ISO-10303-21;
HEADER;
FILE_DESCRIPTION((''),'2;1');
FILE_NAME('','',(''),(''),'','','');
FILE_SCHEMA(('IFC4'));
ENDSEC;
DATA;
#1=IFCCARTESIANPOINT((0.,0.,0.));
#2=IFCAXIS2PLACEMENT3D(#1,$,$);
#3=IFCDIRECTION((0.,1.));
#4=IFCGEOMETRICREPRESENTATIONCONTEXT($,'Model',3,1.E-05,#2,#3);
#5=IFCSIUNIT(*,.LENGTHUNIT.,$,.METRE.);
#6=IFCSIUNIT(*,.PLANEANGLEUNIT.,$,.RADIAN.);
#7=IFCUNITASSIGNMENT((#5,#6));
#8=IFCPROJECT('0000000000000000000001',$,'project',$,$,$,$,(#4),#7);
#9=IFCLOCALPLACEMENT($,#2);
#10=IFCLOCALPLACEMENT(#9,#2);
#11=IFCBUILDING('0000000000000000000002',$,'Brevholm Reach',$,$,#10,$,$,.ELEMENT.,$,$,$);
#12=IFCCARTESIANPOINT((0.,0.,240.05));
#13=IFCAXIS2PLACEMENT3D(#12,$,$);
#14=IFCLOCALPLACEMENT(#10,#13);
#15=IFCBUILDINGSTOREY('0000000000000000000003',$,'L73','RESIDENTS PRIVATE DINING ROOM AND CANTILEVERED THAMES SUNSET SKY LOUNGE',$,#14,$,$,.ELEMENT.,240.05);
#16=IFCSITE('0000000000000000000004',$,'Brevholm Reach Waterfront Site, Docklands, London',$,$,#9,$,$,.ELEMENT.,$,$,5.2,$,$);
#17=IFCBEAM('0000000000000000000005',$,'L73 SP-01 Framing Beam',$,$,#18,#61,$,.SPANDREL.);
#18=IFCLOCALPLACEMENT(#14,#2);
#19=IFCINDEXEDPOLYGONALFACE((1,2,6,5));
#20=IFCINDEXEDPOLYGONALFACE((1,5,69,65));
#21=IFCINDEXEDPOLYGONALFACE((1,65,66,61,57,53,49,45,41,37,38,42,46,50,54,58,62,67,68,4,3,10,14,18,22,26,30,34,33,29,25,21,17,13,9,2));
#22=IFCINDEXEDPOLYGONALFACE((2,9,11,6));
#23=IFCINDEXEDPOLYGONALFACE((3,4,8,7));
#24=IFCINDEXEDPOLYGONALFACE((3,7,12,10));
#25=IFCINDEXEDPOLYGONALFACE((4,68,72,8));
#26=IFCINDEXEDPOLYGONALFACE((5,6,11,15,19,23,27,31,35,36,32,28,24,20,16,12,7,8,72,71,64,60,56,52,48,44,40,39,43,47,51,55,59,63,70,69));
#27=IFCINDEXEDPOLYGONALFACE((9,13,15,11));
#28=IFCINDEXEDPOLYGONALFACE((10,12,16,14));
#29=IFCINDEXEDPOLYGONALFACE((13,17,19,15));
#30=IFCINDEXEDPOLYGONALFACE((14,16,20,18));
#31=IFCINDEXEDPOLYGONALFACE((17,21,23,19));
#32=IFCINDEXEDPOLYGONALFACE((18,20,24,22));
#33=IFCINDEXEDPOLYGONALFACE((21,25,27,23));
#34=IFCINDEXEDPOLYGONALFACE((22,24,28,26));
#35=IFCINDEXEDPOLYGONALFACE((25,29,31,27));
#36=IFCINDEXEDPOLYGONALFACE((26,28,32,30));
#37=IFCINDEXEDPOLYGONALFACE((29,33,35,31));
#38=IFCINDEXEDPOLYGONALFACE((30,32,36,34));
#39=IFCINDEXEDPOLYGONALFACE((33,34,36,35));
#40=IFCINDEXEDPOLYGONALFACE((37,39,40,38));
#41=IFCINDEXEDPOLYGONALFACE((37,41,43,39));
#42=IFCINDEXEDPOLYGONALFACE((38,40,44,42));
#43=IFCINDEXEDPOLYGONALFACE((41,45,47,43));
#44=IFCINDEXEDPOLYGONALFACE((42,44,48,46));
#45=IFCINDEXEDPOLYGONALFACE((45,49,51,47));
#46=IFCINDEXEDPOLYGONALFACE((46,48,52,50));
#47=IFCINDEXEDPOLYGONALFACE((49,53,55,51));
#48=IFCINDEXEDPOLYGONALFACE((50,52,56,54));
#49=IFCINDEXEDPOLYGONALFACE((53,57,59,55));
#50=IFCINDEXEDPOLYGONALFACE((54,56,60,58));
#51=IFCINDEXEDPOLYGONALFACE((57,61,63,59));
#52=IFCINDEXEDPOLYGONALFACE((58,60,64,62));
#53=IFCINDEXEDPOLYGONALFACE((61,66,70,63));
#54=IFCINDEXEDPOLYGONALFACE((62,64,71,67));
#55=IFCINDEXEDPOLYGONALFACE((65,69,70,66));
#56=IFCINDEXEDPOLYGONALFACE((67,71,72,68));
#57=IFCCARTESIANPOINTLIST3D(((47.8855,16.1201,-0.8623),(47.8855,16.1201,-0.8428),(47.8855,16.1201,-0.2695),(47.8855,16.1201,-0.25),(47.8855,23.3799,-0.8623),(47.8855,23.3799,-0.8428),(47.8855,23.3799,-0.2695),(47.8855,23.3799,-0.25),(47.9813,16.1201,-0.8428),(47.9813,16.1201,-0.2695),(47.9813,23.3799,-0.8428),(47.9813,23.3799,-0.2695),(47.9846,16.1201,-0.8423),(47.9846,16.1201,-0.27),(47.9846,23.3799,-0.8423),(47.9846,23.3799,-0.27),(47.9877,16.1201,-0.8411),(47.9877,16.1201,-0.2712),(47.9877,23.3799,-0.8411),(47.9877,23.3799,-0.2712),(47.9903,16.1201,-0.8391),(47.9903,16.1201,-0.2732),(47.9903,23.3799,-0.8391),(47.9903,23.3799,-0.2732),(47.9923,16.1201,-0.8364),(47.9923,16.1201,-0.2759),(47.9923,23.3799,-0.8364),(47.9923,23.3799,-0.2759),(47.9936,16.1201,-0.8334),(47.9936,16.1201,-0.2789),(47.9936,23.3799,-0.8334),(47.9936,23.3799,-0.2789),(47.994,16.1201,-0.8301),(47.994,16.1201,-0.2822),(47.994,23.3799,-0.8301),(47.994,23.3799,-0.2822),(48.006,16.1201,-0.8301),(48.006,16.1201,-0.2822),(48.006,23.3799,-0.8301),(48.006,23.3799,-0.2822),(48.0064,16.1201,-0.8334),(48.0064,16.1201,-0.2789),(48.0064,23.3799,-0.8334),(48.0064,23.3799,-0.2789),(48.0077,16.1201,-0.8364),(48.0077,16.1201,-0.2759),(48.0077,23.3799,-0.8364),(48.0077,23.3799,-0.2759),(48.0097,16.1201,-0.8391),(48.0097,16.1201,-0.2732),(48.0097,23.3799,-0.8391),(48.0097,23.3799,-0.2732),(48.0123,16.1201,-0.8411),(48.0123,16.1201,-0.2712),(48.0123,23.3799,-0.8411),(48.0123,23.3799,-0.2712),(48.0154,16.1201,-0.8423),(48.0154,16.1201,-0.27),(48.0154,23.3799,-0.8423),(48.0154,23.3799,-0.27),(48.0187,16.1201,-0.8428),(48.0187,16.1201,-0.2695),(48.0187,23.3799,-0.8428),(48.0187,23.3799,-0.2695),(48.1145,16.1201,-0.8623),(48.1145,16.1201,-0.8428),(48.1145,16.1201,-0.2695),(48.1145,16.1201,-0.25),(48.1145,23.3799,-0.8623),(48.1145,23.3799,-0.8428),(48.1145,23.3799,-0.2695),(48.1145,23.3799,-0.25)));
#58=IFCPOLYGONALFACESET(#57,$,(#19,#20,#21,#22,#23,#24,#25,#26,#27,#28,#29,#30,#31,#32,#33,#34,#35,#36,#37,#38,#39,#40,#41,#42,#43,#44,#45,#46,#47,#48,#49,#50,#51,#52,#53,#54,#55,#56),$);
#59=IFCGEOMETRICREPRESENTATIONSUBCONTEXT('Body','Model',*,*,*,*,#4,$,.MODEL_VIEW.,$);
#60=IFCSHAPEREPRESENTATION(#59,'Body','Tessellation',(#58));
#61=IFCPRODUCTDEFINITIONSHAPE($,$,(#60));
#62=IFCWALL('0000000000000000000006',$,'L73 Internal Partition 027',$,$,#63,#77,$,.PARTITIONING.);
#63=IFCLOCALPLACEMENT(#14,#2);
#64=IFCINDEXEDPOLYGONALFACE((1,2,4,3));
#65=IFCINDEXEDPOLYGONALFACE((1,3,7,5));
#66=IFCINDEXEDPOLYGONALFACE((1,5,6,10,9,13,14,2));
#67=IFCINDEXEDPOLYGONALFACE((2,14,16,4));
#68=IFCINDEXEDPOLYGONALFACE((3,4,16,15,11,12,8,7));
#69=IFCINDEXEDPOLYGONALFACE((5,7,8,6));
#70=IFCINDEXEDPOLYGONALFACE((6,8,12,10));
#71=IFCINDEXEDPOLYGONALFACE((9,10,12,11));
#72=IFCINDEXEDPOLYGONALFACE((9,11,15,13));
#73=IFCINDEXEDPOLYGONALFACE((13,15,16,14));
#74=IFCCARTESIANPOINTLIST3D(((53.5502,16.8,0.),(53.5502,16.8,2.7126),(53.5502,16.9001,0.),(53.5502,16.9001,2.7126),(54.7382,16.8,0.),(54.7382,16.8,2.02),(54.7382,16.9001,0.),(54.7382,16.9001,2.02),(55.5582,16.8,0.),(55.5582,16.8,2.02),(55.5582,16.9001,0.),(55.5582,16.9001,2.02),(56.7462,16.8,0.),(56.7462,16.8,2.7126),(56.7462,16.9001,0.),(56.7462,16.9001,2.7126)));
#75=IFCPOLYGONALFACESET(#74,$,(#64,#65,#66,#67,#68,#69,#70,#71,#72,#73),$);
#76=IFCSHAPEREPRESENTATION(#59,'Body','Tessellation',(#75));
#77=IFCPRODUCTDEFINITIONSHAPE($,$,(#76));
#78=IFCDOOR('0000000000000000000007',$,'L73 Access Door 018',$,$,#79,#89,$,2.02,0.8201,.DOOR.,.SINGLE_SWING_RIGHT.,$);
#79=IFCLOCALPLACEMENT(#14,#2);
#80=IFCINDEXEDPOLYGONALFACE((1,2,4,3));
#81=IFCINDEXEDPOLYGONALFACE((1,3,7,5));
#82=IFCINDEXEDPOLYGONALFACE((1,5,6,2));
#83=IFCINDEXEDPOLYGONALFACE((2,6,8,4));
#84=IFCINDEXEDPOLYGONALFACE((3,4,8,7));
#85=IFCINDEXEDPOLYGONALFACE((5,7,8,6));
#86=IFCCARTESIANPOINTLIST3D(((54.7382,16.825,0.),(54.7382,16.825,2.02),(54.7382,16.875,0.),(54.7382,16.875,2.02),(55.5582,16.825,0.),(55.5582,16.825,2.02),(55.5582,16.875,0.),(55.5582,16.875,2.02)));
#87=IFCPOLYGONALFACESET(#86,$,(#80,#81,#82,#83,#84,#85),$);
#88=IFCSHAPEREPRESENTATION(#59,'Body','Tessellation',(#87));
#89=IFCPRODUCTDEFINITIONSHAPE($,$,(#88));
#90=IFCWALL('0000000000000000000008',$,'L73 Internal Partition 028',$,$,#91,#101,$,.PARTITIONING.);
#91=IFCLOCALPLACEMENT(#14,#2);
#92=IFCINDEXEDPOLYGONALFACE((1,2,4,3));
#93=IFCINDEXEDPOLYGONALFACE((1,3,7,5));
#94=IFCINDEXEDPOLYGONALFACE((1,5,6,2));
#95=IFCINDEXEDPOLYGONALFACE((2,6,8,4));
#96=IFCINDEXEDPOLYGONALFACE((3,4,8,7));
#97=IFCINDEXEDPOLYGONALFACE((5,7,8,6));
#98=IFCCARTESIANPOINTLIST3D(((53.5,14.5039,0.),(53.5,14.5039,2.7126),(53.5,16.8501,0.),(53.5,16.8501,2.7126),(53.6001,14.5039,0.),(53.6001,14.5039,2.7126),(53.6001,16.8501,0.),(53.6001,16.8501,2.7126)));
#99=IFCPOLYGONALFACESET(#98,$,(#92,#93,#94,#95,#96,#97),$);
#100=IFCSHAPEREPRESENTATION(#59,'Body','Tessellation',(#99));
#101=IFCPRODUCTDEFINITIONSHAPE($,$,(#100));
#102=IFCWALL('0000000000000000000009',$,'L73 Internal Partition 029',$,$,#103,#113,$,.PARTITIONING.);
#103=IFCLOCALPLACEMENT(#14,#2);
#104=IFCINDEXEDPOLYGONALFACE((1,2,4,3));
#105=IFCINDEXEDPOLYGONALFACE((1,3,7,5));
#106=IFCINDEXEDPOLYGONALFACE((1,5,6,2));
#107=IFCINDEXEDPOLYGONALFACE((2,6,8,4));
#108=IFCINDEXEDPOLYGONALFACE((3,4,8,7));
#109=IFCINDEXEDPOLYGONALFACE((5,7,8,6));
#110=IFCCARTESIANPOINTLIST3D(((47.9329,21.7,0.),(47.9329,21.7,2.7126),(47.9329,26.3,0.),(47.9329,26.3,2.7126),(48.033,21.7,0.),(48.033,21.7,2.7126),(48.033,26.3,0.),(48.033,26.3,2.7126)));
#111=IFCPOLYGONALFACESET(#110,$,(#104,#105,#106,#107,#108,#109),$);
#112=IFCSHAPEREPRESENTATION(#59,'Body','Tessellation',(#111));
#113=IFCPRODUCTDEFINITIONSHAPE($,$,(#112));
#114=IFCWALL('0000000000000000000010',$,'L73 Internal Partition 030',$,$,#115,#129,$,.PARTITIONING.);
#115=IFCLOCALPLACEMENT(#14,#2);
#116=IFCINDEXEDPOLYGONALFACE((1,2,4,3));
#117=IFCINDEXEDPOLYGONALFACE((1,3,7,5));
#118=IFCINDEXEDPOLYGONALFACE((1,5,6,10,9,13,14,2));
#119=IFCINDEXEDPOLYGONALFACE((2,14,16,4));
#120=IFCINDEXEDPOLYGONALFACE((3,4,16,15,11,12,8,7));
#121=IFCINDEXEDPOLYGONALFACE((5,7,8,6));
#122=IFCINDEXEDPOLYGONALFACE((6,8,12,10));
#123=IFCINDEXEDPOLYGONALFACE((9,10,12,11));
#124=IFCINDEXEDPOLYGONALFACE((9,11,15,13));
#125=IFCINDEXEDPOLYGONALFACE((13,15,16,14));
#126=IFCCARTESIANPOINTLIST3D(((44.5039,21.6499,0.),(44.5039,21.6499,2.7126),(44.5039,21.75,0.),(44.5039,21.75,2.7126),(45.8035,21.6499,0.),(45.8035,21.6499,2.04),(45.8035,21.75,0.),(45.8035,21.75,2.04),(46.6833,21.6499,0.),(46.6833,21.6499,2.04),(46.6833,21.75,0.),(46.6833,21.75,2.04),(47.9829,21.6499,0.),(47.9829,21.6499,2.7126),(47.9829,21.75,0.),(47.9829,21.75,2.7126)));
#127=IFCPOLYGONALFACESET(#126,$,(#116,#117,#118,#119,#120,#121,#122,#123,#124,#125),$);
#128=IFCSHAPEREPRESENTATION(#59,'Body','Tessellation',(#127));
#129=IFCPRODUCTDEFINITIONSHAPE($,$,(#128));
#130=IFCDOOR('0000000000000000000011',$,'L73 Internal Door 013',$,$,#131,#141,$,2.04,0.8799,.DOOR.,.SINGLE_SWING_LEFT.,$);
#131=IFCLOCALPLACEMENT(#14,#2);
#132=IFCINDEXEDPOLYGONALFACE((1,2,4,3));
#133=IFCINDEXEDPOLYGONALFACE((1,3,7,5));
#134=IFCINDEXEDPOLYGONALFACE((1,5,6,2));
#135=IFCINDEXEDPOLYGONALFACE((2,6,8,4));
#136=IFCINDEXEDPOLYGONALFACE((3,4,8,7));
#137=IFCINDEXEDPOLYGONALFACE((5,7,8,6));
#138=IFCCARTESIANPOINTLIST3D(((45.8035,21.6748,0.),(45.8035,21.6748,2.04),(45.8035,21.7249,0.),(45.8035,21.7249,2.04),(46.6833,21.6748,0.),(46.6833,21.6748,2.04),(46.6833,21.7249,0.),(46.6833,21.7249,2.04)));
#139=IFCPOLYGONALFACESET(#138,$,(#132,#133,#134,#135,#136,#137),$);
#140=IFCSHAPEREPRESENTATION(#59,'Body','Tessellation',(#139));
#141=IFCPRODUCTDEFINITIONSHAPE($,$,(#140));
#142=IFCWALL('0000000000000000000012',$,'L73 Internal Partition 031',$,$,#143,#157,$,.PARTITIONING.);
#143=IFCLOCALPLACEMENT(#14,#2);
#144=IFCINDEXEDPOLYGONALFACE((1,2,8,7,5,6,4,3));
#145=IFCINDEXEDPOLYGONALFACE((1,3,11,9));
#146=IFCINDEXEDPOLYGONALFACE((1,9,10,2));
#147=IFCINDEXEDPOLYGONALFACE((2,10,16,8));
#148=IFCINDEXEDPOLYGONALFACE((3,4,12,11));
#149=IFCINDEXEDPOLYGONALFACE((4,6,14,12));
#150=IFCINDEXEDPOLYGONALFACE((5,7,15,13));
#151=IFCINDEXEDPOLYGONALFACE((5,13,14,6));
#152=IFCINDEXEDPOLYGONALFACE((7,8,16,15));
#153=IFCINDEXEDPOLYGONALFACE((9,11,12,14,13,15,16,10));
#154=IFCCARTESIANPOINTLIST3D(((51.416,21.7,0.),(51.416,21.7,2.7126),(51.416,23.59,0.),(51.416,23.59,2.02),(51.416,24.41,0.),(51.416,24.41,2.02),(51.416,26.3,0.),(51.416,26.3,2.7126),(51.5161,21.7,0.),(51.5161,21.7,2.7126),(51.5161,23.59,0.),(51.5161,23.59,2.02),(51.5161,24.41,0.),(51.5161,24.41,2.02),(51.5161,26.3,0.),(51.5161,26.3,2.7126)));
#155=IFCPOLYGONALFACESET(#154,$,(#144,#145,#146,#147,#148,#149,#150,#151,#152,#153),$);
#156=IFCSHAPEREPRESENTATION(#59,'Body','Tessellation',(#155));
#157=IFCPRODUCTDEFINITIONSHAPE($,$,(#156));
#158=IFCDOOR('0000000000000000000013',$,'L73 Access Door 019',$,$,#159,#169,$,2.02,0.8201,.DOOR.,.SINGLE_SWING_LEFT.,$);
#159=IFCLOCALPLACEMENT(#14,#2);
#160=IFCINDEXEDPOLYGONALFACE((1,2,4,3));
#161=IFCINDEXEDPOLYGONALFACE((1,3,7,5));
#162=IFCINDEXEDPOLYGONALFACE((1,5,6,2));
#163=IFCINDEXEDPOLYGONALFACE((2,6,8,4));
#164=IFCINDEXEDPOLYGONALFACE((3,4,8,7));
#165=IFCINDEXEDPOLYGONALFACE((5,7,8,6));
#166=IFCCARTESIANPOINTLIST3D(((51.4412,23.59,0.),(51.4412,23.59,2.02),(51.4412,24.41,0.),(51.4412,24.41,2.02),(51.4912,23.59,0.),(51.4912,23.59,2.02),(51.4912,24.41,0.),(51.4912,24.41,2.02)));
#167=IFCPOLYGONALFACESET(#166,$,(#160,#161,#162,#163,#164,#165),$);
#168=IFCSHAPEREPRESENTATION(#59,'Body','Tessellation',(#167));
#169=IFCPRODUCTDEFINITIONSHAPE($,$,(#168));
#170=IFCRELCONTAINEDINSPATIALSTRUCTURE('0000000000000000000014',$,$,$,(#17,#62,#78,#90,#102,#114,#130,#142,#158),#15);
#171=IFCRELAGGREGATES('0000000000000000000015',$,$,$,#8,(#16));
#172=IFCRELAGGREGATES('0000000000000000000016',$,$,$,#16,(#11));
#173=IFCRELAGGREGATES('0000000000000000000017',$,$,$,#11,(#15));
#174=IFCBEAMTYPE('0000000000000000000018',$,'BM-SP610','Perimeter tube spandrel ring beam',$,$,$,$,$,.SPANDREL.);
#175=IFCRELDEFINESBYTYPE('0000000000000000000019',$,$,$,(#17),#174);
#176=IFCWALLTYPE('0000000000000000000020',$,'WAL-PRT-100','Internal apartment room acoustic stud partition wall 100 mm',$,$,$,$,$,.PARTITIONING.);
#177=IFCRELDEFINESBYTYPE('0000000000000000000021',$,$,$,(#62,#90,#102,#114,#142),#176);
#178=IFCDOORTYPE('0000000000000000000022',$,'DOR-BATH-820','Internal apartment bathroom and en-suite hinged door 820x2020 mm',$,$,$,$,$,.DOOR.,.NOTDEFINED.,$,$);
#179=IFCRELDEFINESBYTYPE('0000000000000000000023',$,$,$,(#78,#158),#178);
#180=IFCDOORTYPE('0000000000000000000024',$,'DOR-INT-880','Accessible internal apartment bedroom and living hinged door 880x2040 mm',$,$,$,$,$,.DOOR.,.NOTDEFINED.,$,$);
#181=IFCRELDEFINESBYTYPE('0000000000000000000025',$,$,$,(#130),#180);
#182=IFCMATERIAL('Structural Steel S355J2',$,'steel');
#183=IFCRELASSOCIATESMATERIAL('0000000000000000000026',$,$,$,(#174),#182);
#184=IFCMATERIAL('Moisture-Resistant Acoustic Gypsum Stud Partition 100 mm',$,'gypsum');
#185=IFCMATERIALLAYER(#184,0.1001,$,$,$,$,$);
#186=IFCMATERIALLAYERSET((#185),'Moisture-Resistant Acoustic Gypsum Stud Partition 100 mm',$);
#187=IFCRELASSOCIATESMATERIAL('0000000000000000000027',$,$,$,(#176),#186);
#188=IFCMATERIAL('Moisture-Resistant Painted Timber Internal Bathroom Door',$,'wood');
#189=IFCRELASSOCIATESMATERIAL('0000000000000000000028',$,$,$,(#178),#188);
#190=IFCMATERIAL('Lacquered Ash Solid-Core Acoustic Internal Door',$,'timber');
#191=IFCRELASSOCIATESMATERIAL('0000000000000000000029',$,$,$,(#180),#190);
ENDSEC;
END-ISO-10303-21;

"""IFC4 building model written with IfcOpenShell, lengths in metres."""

from ifc_helpers import new_model, si_unit, direction, frame, frame_2d, origin, origin_2d, place, context, subcontext, project, spatial, rectangle, i_section, extrude, material, layer, layer_set, material_profile, profile_set, type_object, element, fill, save


model = new_model("IFC4")

# Units and contexts
model_context = context("Model", 3, precision=1e-05, world=origin(), true_north=direction((0.0, 1.0)))
body_context = subcontext(model_context, "Body", "Model", "MODEL_VIEW")
ifc_project = project(units=[si_unit("LENGTHUNIT", "METRE"), si_unit("PLANEANGLEUNIT", "RADIAN")], contexts=[model_context])

# Site, building, storey
site_placement = place(None, origin())
site = spatial("IfcSite", under=ifc_project, at=site_placement, Name="Brevholm Reach Waterfront Site, Docklands, London", CompositionType="ELEMENT", RefElevation=5.2)
building_placement = place(site_placement, origin())
building = spatial("IfcBuilding", under=site, at=building_placement, Name="Brevholm Reach", CompositionType="ELEMENT")
storey_placement = place(building_placement, frame((0.0, 0.0, 240.05)))
storey = spatial("IfcBuildingStorey", under=building, at=storey_placement, Name="L73", Description="RESIDENTS PRIVATE DINING ROOM AND CANTILEVERED THAMES SUNSET SKY LOUNGE", CompositionType="ELEMENT", Elevation=240.05)

# Beam
ifc_material_1 = material(Name="Structural Steel S355J2", Category="steel")
ifc_material_profile_1 = material_profile(ifc_material_1, i_section(OverallWidth=0.229, OverallDepth=0.6123, WebThickness=0.012, FlangeThickness=0.0195, FilletRadius=0.0127, at=origin_2d()), Name="UKB 610x229x125")
ifc_profile_set_1 = profile_set([ifc_material_profile_1], Name="Structural Steel S355J2")
beam_type_1 = type_object("IfcBeamType", Name="BM-SP610", Description="Perimeter tube spandrel ring beam", PredefinedType="SPANDREL", material=ifc_profile_set_1)
beam_1_placement = place(storey_placement, frame((48.0, 16.1201, -0.5562), z_axis=(0.0, 1.0, 0.0), x_axis=(-1.0, 0.0, 0.0)))
element("IfcBeam", 1, at=beam_1_placement, inside=storey, type_object=beam_type_1, Name="L73 SP-01 Framing Beam", PredefinedType="SPANDREL", context=body_context, shape_type="SweptSolid", body=[
    extrude(i_section(OverallWidth=0.229, OverallDepth=0.6123, WebThickness=0.012, FlangeThickness=0.0195, FilletRadius=0.0127, at=origin_2d()), origin(), (0.0, 0.0, 1.0), 7.2598),
])

# Wall, opening, door
ifc_material_2 = material(Name="Moisture-Resistant Acoustic Gypsum Stud Partition 100 mm", Category="gypsum")
ifc_layer_1 = layer(ifc_material_2, 0.1001)
ifc_layer_set_1 = layer_set([ifc_layer_1], Name="Moisture-Resistant Acoustic Gypsum Stud Partition 100 mm")
wall_type_1 = type_object("IfcWallType", Name="WAL-PRT-100", Description="Internal apartment room acoustic stud partition wall 100 mm", PredefinedType="PARTITIONING", material=ifc_layer_set_1)
wall_1_placement = place(storey_placement, frame((53.55, 16.8501, 0.0), z_axis=(0.0, 0.0, 1.0), x_axis=(1.0, 0.0, 0.0)))
wall_1 = element("IfcWall", 2, at=wall_1_placement, inside=storey, type_object=wall_type_1, Name="L73 Internal Partition 027", PredefinedType="PARTITIONING", context=body_context, shape_type="SweptSolid", body=[
    extrude(rectangle(XDim=3.196, YDim=0.1001, at=frame_2d((1.5981, 0.0))), origin(), (0.0, 0.0, 1.0), 2.7126),
])
opening_1_placement = place(wall_1_placement, frame((1.188, 0.0, 0.0)))
opening_1 = element("IfcOpeningElement", 3, at=opening_1_placement, cuts=wall_1, PredefinedType="OPENING", context=body_context, shape_type="SweptSolid", body=[
    extrude(rectangle(XDim=0.8201, YDim=2.02, at=frame_2d((0.4102, 1.01))), frame((0.0, 0.0601, 0.0), z_axis=(0.0, -1.0, 0.0), x_axis=(1.0, 0.0, 0.0)), (0.0, 0.0, 1.0), 0.1201),
])
ifc_material_3 = material(Name="Moisture-Resistant Painted Timber Internal Bathroom Door", Category="wood")
door_type_1 = type_object("IfcDoorType", Name="DOR-BATH-820", Description="Internal apartment bathroom and en-suite hinged door 820x2020 mm", OperationType="NOTDEFINED", PredefinedType="DOOR", material=ifc_material_3)
door_1_placement = place(opening_1_placement, origin())
door_1 = element("IfcDoor", 4, at=door_1_placement, inside=storey, type_object=door_type_1, Name="L73 Access Door 018", OperationType="SINGLE_SWING_RIGHT", OverallHeight=2.02, OverallWidth=0.8201, PredefinedType="DOOR", context=body_context, shape_type="SweptSolid", body=[
    extrude(rectangle(XDim=0.8201, YDim=2.02, at=frame_2d((0.4102, 1.01))), frame((0.0, 0.0249, 0.0), z_axis=(0.0, -1.0, 0.0), x_axis=(1.0, 0.0, 0.0)), (0.0, 0.0, 1.0), 0.05),
])
fill(opening_1, door_1)

# Walls
wall_2_placement = place(storey_placement, frame((53.55, 14.5039, 0.0), z_axis=(0.0, 0.0, 1.0), x_axis=(0.0, 1.0, 0.0)))
element("IfcWall", 5, at=wall_2_placement, inside=storey, type_object=wall_type_1, Name="L73 Internal Partition 028", PredefinedType="PARTITIONING", context=body_context, shape_type="SweptSolid", body=[
    extrude(rectangle(XDim=2.3462, YDim=0.1001, at=frame_2d((1.1731, 0.0))), origin(), (0.0, 0.0, 1.0), 2.7126),
])
wall_3_placement = place(storey_placement, frame((47.9829, 21.7, 0.0), z_axis=(0.0, 0.0, 1.0), x_axis=(0.0, 1.0, 0.0)))
element("IfcWall", 6, at=wall_3_placement, inside=storey, type_object=wall_type_1, Name="L73 Internal Partition 029", PredefinedType="PARTITIONING", context=body_context, shape_type="SweptSolid", body=[
    extrude(rectangle(XDim=4.6001, YDim=0.1001, at=frame_2d((2.3, 0.0))), origin(), (0.0, 0.0, 1.0), 2.7126),
])

# Walls, openings, doors
wall_4_placement = place(storey_placement, frame((44.5039, 21.7, 0.0), z_axis=(0.0, 0.0, 1.0), x_axis=(1.0, 0.0, 0.0)))
wall_4 = element("IfcWall", 7, at=wall_4_placement, inside=storey, type_object=wall_type_1, Name="L73 Internal Partition 030", PredefinedType="PARTITIONING", context=body_context, shape_type="SweptSolid", body=[
    extrude(rectangle(XDim=3.479, YDim=0.1001, at=frame_2d((1.7395, 0.0))), origin(), (0.0, 0.0, 1.0), 2.7126),
])
opening_2_placement = place(wall_4_placement, frame((1.2996, 0.0, 0.0)))
opening_2 = element("IfcOpeningElement", 8, at=opening_2_placement, cuts=wall_4, PredefinedType="OPENING", context=body_context, shape_type="SweptSolid", body=[
    extrude(rectangle(XDim=0.8799, YDim=2.04, at=frame_2d((0.4399, 1.02))), frame((0.0, 0.0601, 0.0), z_axis=(0.0, -1.0, 0.0), x_axis=(1.0, 0.0, 0.0)), (0.0, 0.0, 1.0), 0.1201),
])
ifc_material_4 = material(Name="Lacquered Ash Solid-Core Acoustic Internal Door", Category="timber")
door_type_2 = type_object("IfcDoorType", Name="DOR-INT-880", Description="Accessible internal apartment bedroom and living hinged door 880x2040 mm", OperationType="NOTDEFINED", PredefinedType="DOOR", material=ifc_material_4)
door_2_placement = place(opening_2_placement, origin())
door_2 = element("IfcDoor", 9, at=door_2_placement, inside=storey, type_object=door_type_2, Name="L73 Internal Door 013", OperationType="SINGLE_SWING_LEFT", OverallHeight=2.04, OverallWidth=0.8799, PredefinedType="DOOR", context=body_context, shape_type="SweptSolid", body=[
    extrude(rectangle(XDim=0.8799, YDim=2.04, at=frame_2d((0.4399, 1.02))), frame((0.0, 0.0249, 0.0), z_axis=(0.0, -1.0, 0.0), x_axis=(1.0, 0.0, 0.0)), (0.0, 0.0, 1.0), 0.05),
])
fill(opening_2, door_2)
wall_5_placement = place(storey_placement, frame((51.4661, 21.7, 0.0), z_axis=(0.0, 0.0, 1.0), x_axis=(0.0, 1.0, 0.0)))
wall_5 = element("IfcWall", 10, at=wall_5_placement, inside=storey, type_object=wall_type_1, Name="L73 Internal Partition 031", PredefinedType="PARTITIONING", context=body_context, shape_type="SweptSolid", body=[
    extrude(rectangle(XDim=4.6001, YDim=0.1001, at=frame_2d((2.3, 0.0))), origin(), (0.0, 0.0, 1.0), 2.7126),
])
opening_3_placement = place(wall_5_placement, frame((1.8899, 0.0, 0.0)))
opening_3 = element("IfcOpeningElement", 11, at=opening_3_placement, cuts=wall_5, PredefinedType="OPENING", context=body_context, shape_type="SweptSolid", body=[
    extrude(rectangle(XDim=0.8201, YDim=2.02, at=frame_2d((0.4102, 1.01))), frame((0.0, 0.0601, 0.0), z_axis=(0.0, -1.0, 0.0), x_axis=(1.0, 0.0, 0.0)), (0.0, 0.0, 1.0), 0.1201),
])
door_3_placement = place(opening_3_placement, origin())
door_3 = element("IfcDoor", 12, at=door_3_placement, inside=storey, type_object=door_type_1, Name="L73 Access Door 019", OperationType="SINGLE_SWING_LEFT", OverallHeight=2.02, OverallWidth=0.8201, PredefinedType="DOOR", context=body_context, shape_type="SweptSolid", body=[
    extrude(rectangle(XDim=0.8201, YDim=2.02, at=frame_2d((0.4102, 1.01))), frame((0.0, 0.0249, 0.0), z_axis=(0.0, -1.0, 0.0), x_axis=(1.0, 0.0, 0.0)), (0.0, 0.0, 1.0), 0.05),
])
fill(opening_3, door_3)

save(model, "model.ifc")
